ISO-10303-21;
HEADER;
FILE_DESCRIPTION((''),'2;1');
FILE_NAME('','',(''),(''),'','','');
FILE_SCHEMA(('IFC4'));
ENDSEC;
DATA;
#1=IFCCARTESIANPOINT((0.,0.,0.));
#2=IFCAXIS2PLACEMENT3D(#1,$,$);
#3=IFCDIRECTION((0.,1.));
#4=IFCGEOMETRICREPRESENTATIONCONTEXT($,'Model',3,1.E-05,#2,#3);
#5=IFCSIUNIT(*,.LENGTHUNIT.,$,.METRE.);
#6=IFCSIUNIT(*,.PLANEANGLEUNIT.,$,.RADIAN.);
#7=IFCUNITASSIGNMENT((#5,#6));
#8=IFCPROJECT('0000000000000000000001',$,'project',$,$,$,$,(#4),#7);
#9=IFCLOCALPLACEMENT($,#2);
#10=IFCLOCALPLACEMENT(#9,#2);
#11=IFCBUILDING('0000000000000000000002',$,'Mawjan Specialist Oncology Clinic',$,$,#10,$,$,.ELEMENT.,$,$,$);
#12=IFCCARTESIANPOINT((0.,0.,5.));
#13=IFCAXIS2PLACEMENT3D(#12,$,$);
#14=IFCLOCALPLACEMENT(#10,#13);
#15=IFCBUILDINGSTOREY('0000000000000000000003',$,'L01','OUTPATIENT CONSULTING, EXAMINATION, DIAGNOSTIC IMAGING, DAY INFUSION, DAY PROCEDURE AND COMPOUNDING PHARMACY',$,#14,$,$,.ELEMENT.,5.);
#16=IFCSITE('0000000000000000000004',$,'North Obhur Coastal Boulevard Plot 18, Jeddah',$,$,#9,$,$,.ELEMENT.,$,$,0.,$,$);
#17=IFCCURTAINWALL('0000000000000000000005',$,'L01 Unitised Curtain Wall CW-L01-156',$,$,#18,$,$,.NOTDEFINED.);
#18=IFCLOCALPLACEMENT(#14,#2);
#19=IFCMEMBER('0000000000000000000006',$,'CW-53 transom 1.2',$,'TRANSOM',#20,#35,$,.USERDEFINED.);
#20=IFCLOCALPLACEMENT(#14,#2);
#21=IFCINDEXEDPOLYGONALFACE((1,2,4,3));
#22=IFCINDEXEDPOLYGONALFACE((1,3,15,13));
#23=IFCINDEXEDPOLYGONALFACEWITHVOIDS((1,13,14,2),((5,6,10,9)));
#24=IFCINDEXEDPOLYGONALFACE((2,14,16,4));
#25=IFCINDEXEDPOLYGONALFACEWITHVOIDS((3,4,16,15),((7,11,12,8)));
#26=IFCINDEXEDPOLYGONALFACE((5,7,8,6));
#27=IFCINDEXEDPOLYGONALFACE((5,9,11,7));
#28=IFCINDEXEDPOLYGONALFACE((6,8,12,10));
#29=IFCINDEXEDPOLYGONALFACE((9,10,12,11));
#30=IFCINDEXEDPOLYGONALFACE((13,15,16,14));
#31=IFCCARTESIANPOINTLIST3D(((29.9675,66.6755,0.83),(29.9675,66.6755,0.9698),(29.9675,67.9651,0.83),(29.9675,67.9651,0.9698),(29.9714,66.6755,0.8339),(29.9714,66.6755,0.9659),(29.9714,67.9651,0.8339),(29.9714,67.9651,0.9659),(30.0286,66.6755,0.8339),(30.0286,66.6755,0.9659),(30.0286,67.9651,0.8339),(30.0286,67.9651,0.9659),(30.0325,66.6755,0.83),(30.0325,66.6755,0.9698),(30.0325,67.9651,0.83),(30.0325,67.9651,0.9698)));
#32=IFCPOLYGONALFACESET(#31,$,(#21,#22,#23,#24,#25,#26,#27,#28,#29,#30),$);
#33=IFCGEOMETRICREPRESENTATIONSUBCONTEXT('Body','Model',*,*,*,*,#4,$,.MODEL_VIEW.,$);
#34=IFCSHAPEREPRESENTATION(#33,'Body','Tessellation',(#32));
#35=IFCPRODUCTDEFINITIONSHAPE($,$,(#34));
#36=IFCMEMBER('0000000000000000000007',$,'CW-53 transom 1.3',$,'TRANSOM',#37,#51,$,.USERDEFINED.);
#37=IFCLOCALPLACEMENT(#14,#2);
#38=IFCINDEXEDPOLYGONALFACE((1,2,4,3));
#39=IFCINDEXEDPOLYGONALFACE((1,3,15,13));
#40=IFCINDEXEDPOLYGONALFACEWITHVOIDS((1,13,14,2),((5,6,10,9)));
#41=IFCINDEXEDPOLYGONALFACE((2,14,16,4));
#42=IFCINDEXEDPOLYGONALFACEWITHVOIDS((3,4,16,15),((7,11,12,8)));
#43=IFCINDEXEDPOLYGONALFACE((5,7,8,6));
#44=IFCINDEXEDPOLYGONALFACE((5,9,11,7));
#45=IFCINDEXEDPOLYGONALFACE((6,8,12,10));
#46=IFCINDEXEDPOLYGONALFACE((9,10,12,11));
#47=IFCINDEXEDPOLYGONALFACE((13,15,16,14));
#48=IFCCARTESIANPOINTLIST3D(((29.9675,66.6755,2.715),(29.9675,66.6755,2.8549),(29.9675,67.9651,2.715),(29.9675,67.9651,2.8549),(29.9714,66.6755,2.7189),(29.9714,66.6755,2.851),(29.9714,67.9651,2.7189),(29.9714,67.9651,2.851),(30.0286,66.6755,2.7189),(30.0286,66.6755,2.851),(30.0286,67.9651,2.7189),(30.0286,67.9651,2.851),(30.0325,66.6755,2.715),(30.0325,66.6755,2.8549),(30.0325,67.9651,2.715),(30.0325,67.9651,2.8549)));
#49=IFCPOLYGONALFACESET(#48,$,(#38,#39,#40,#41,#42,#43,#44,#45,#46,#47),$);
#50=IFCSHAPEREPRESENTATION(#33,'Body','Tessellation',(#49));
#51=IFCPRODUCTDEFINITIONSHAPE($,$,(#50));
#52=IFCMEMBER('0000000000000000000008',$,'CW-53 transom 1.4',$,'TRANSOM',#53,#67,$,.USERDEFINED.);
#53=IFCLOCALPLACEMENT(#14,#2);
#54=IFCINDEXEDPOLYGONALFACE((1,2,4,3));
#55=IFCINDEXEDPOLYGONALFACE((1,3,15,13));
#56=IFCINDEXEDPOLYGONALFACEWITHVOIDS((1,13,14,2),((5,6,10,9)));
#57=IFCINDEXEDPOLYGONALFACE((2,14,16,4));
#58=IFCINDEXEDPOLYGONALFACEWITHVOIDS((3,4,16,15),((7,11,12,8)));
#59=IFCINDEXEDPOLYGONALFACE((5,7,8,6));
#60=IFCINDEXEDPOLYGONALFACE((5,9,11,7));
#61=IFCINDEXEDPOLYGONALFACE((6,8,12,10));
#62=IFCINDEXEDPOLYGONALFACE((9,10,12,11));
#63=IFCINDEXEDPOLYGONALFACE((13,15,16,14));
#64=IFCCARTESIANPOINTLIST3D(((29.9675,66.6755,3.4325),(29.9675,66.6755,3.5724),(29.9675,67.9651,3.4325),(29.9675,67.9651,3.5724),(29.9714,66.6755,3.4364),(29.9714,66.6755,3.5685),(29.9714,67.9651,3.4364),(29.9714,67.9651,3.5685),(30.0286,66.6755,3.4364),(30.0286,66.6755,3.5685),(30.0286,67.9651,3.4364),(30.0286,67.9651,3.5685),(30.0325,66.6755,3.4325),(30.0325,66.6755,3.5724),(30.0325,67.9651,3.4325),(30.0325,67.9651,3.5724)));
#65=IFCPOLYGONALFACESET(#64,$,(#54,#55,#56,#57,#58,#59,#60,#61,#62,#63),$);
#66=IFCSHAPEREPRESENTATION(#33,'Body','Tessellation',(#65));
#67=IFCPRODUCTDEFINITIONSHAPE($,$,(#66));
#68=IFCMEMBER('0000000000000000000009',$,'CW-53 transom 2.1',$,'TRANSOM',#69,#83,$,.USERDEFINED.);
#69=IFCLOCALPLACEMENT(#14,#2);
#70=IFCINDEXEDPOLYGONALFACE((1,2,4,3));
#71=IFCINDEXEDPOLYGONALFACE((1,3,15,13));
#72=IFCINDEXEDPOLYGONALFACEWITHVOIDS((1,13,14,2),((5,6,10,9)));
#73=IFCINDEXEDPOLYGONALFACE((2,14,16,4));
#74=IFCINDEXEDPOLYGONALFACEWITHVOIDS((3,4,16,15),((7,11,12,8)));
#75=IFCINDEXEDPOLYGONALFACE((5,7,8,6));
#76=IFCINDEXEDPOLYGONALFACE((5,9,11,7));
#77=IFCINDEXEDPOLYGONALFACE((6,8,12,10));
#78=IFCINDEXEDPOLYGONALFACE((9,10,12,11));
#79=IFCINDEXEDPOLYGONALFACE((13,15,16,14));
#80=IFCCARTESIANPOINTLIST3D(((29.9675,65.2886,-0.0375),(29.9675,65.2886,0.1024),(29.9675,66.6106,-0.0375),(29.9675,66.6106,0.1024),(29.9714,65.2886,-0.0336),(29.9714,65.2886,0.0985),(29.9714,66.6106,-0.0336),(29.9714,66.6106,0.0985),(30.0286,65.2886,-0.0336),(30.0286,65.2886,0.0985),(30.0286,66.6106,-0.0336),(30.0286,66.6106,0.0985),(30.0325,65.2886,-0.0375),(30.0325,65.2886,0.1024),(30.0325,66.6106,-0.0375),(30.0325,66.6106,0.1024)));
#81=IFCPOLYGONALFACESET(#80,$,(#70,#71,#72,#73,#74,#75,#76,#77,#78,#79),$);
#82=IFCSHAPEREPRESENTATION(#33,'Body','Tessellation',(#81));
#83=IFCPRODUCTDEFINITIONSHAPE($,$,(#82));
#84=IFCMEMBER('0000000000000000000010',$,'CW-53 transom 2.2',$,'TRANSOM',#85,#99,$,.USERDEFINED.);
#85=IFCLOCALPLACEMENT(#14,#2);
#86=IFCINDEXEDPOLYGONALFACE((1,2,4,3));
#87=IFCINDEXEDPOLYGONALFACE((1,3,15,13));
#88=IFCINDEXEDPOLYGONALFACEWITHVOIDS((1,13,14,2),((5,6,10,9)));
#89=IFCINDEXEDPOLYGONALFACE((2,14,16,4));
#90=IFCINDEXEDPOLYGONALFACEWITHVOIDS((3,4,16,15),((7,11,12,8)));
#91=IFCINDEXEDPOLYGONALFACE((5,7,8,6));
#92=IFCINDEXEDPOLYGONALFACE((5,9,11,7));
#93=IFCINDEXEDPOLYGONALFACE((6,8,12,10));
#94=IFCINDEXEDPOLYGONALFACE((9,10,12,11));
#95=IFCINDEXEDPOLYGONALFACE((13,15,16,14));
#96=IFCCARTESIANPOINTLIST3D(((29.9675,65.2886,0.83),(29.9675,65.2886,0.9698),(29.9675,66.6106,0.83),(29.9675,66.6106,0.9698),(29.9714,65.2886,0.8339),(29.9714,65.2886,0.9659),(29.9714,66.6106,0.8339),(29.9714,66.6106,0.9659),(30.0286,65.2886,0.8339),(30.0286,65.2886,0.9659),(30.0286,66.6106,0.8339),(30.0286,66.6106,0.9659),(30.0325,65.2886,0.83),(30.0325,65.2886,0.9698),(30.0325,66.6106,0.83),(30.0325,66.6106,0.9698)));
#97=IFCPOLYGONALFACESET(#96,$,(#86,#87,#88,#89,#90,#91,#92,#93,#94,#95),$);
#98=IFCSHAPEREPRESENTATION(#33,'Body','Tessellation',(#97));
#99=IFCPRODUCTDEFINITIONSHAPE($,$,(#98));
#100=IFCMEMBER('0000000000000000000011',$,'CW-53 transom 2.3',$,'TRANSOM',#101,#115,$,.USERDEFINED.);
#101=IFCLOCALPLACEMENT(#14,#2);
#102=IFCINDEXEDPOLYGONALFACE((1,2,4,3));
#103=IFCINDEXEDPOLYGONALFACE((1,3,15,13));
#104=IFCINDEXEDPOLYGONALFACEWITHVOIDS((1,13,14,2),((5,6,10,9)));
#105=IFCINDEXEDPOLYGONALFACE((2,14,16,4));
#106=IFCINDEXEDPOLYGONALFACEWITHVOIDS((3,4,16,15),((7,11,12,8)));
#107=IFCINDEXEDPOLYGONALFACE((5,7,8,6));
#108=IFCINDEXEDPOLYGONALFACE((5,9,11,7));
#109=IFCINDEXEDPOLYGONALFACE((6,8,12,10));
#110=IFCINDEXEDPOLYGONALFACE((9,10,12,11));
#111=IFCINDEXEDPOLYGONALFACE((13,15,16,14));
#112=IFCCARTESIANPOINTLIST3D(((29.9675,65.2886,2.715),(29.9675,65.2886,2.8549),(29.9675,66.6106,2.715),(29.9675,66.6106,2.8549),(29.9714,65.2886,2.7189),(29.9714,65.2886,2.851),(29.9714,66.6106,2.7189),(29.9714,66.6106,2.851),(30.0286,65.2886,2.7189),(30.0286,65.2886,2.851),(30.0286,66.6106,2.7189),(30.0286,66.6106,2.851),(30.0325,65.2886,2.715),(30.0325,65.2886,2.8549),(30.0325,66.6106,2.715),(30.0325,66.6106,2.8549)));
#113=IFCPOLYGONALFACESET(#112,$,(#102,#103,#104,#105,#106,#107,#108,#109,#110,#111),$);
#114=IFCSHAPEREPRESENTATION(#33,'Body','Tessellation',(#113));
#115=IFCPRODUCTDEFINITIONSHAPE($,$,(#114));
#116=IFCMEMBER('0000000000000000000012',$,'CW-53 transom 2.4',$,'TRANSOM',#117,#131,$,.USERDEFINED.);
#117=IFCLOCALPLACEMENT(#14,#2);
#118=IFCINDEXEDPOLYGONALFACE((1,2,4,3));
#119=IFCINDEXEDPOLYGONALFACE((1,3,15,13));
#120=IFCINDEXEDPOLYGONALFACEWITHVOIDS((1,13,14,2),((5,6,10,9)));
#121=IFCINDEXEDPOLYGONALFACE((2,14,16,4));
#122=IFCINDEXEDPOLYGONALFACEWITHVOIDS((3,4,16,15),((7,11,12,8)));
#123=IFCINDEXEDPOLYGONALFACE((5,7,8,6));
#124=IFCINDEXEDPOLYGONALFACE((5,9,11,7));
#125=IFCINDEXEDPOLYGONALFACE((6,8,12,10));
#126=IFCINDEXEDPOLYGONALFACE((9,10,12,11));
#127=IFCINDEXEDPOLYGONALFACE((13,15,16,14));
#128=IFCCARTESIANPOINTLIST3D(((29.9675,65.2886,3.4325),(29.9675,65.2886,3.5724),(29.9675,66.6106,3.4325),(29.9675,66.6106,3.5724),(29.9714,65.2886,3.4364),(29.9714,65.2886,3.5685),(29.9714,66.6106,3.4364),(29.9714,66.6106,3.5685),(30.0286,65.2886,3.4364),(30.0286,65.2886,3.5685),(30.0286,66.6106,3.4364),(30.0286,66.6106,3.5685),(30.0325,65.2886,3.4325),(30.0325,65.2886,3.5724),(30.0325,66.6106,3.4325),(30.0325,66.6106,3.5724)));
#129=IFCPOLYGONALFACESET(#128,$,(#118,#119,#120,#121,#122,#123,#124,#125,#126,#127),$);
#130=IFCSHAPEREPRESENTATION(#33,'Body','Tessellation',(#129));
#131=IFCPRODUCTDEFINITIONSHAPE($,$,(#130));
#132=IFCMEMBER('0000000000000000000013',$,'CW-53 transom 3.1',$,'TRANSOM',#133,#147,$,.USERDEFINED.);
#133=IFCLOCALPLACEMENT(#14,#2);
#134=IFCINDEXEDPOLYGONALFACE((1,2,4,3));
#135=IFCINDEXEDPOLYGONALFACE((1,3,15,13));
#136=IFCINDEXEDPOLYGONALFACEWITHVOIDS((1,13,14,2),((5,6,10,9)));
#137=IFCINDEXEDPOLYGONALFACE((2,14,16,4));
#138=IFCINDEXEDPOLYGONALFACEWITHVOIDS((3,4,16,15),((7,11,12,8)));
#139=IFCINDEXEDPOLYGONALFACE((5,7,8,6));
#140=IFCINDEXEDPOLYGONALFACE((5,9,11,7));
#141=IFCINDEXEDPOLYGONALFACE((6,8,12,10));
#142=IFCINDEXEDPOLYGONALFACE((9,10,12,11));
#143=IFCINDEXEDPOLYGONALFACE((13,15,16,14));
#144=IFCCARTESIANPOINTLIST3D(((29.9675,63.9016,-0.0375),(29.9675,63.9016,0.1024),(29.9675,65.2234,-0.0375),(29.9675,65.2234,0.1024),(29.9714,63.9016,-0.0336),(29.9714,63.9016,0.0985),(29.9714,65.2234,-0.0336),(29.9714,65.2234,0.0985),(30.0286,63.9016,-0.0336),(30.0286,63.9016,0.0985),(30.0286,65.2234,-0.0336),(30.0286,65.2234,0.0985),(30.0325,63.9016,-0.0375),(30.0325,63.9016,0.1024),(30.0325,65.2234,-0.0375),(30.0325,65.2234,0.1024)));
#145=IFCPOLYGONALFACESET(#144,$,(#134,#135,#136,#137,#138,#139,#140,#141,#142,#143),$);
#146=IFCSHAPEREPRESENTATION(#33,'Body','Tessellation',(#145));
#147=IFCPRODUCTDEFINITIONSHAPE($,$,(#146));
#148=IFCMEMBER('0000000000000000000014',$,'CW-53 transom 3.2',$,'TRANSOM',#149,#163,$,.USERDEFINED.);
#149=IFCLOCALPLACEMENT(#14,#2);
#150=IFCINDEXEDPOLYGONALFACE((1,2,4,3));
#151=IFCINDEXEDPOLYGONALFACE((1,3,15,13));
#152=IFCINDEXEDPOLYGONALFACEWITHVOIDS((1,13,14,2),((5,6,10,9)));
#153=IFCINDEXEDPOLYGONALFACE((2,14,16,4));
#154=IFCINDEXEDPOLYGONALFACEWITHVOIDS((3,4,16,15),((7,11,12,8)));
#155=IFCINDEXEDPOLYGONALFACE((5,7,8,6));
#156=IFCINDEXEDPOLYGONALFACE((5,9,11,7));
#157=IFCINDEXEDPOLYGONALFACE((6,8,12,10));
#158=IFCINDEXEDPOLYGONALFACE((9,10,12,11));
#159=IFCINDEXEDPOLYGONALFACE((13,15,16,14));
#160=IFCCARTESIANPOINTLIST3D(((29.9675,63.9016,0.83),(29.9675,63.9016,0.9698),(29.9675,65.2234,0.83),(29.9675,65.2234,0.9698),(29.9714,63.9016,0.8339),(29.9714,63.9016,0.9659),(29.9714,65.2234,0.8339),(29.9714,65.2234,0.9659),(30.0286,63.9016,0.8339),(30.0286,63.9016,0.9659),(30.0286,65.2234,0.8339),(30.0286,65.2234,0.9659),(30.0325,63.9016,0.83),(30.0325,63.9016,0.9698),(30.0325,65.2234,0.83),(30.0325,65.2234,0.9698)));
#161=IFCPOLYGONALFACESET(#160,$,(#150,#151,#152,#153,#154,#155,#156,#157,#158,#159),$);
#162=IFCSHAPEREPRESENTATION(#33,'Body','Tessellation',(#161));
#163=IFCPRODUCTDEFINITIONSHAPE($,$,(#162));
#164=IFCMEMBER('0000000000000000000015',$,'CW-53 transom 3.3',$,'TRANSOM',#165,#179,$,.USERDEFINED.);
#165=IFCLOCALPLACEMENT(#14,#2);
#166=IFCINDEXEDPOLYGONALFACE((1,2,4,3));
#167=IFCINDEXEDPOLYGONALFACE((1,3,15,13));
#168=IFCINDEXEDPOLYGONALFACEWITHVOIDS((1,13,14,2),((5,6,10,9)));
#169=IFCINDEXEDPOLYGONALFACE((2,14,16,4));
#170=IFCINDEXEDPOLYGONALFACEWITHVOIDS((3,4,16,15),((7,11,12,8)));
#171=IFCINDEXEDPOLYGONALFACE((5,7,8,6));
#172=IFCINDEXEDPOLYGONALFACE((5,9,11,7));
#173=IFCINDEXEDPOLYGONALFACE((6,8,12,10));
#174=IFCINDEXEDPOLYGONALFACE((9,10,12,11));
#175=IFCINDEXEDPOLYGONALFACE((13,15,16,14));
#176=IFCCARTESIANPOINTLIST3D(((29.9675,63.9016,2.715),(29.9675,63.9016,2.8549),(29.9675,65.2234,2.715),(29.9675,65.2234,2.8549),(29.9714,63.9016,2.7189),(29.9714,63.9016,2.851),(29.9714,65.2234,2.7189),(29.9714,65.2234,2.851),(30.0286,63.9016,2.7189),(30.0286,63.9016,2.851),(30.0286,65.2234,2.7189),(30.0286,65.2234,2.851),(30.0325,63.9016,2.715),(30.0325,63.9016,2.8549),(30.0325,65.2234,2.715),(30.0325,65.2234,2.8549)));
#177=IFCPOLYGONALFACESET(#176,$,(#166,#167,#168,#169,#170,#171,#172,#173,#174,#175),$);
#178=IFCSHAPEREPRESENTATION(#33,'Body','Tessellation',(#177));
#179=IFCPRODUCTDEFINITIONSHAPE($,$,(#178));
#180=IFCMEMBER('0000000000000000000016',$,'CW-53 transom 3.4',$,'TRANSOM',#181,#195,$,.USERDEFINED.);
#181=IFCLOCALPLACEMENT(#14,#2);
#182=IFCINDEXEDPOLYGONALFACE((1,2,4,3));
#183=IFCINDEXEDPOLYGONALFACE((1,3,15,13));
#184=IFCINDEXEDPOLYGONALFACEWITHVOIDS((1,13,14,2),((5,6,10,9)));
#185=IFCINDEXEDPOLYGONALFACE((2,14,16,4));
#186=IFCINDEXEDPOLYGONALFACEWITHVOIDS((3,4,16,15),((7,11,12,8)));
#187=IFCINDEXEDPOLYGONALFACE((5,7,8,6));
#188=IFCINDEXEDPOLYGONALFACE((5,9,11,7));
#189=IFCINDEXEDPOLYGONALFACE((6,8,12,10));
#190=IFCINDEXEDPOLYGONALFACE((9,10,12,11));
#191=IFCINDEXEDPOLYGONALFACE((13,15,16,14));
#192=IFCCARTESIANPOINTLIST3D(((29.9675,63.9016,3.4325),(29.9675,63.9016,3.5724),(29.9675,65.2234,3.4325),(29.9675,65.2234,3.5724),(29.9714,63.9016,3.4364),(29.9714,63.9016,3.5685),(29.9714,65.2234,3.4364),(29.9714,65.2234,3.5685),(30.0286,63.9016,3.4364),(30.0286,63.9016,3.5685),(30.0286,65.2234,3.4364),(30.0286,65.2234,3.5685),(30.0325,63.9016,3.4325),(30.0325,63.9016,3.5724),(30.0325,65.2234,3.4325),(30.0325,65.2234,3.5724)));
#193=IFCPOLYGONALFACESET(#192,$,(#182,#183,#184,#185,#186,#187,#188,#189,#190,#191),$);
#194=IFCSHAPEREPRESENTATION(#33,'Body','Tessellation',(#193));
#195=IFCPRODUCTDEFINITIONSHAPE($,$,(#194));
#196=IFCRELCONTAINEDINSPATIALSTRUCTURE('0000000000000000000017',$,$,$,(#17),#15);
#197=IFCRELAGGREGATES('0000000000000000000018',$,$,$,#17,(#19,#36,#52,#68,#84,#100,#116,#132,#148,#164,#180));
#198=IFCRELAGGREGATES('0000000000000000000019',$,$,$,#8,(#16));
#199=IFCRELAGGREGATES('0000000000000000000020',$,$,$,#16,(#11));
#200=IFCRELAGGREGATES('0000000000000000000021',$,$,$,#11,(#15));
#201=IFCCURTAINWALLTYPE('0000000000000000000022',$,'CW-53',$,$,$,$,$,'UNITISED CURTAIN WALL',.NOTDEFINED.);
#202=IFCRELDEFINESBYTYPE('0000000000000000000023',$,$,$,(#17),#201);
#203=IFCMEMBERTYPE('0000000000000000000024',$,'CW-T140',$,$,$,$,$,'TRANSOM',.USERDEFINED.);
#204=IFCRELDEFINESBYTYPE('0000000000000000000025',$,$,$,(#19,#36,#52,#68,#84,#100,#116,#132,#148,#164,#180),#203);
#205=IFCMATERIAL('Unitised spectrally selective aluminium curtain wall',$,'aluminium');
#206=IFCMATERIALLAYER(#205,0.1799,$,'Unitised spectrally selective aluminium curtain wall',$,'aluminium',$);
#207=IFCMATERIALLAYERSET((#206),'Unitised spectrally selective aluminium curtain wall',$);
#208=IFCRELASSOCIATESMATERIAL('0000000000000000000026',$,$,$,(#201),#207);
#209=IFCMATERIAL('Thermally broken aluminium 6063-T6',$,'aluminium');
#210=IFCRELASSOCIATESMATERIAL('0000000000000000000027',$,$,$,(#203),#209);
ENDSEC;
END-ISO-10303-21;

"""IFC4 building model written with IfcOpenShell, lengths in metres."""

from ifc_helpers import new_model, si_unit, direction, frame, origin, origin_2d, place, context, subcontext, project, spatial, hollow_rectangle, extrude, material, layer, layer_set, material_profile, profile_set, type_object, element, aggregate, save


model = new_model("IFC4")

# Units and contexts
model_context = context("Model", 3, precision=1e-05, world=origin(), true_north=direction((0.0, 1.0)))
body_context = subcontext(model_context, "Body", "Model", "MODEL_VIEW")
ifc_project = project(units=[si_unit("LENGTHUNIT", "METRE"), si_unit("PLANEANGLEUNIT", "RADIAN")], contexts=[model_context])

# Site, building, storey
site_placement = place(None, origin())
site = spatial("IfcSite", under=ifc_project, at=site_placement, Name="North Obhur Coastal Boulevard Plot 18, Jeddah", CompositionType="ELEMENT", RefElevation=0.0)
building_placement = place(site_placement, origin())
building = spatial("IfcBuilding", under=site, at=building_placement, Name="Mawjan Specialist Oncology Clinic", CompositionType="ELEMENT")
storey_placement = place(building_placement, frame((0.0, 0.0, 5.0)))
storey = spatial("IfcBuildingStorey", under=building, at=storey_placement, Name="L01", Description="OUTPATIENT CONSULTING, EXAMINATION, DIAGNOSTIC IMAGING, DAY INFUSION, DAY PROCEDURE AND COMPOUNDING PHARMACY", CompositionType="ELEMENT", Elevation=5.0)

# Curtain wall, members
ifc_material_1 = material(Name="Unitised spectrally selective aluminium curtain wall", Category="aluminium")
ifc_layer_1 = layer(ifc_material_1, 0.1799, Name="Unitised spectrally selective aluminium curtain wall", Category="aluminium")
ifc_layer_set_1 = layer_set([ifc_layer_1], Name="Unitised spectrally selective aluminium curtain wall")
curtain_wall_type = type_object("IfcCurtainWallType", Name="CW-53", ElementType="UNITISED CURTAIN WALL", PredefinedType="NOTDEFINED", material=ifc_layer_set_1)
curtain_wall_placement = place(storey_placement, origin())
curtain_wall = element("IfcCurtainWall", 1, at=curtain_wall_placement, inside=storey, type_object=curtain_wall_type, Name="L01 Unitised Curtain Wall CW-L01-156", PredefinedType="NOTDEFINED")
ifc_material_2 = material(Name="Thermally broken aluminium 6063-T6", Category="aluminium")
ifc_material_profile_1 = material_profile(ifc_material_2, hollow_rectangle(XDim=0.0649, YDim=0.1399, WallThickness=0.0039, at=origin_2d()), Name="ALU TRANSOM 140x65x4", Category="aluminium")
ifc_profile_set_1 = profile_set([ifc_material_profile_1], Name="Thermally broken aluminium 6063-T6")
member_type_1 = type_object("IfcMemberType", Name="CW-T140", ElementType="TRANSOM", PredefinedType="USERDEFINED", material=ifc_profile_set_1)
member_1_placement = place(storey_placement, frame((30.0, 67.9651, 0.8999), z_axis=(0.0, -1.0, 0.0), x_axis=(1.0, 0.0, 0.0)))
member_1 = element("IfcMember", 2, at=member_1_placement, type_object=member_type_1, Name="CW-53 transom 1.2", ObjectType="TRANSOM", PredefinedType="USERDEFINED", context=body_context, shape_type="SweptSolid", body=[
    extrude(hollow_rectangle(XDim=0.0649, YDim=0.1399, WallThickness=0.0039, at=origin_2d()), origin(), (0.0, 0.0, 1.0), 1.2896),
])
member_2_placement = place(storey_placement, frame((30.0, 67.9651, 2.7849), z_axis=(0.0, -1.0, 0.0), x_axis=(1.0, 0.0, 0.0)))
member_2 = element("IfcMember", 3, at=member_2_placement, type_object=member_type_1, Name="CW-53 transom 1.3", ObjectType="TRANSOM", PredefinedType="USERDEFINED", context=body_context, shape_type="SweptSolid", body=[
    extrude(hollow_rectangle(XDim=0.0649, YDim=0.1399, WallThickness=0.0039, at=origin_2d()), origin(), (0.0, 0.0, 1.0), 1.2896),
])
member_3_placement = place(storey_placement, frame((30.0, 67.9651, 3.5024), z_axis=(0.0, -1.0, 0.0), x_axis=(1.0, 0.0, 0.0)))
member_3 = element("IfcMember", 4, at=member_3_placement, type_object=member_type_1, Name="CW-53 transom 1.4", ObjectType="TRANSOM", PredefinedType="USERDEFINED", context=body_context, shape_type="SweptSolid", body=[
    extrude(hollow_rectangle(XDim=0.0649, YDim=0.1399, WallThickness=0.0039, at=origin_2d()), origin(), (0.0, 0.0, 1.0), 1.2896),
])
member_4_placement = place(storey_placement, frame((30.0, 66.6106, 0.0325), z_axis=(0.0, -1.0, 0.0), x_axis=(1.0, 0.0, 0.0)))
member_4 = element("IfcMember", 5, at=member_4_placement, type_object=member_type_1, Name="CW-53 transom 2.1", ObjectType="TRANSOM", PredefinedType="USERDEFINED", context=body_context, shape_type="SweptSolid", body=[
    extrude(hollow_rectangle(XDim=0.0649, YDim=0.1399, WallThickness=0.0039, at=origin_2d()), origin(), (0.0, 0.0, 1.0), 1.322),
])
member_5_placement = place(storey_placement, frame((30.0, 66.6106, 0.8999), z_axis=(0.0, -1.0, 0.0), x_axis=(1.0, 0.0, 0.0)))
member_5 = element("IfcMember", 6, at=member_5_placement, type_object=member_type_1, Name="CW-53 transom 2.2", ObjectType="TRANSOM", PredefinedType="USERDEFINED", context=body_context, shape_type="SweptSolid", body=[
    extrude(hollow_rectangle(XDim=0.0649, YDim=0.1399, WallThickness=0.0039, at=origin_2d()), origin(), (0.0, 0.0, 1.0), 1.322),
])
member_6_placement = place(storey_placement, frame((30.0, 66.6106, 2.7849), z_axis=(0.0, -1.0, 0.0), x_axis=(1.0, 0.0, 0.0)))
member_6 = element("IfcMember", 7, at=member_6_placement, type_object=member_type_1, Name="CW-53 transom 2.3", ObjectType="TRANSOM", PredefinedType="USERDEFINED", context=body_context, shape_type="SweptSolid", body=[
    extrude(hollow_rectangle(XDim=0.0649, YDim=0.1399, WallThickness=0.0039, at=origin_2d()), origin(), (0.0, 0.0, 1.0), 1.322),
])
member_7_placement = place(storey_placement, frame((30.0, 66.6106, 3.5024), z_axis=(0.0, -1.0, 0.0), x_axis=(1.0, 0.0, 0.0)))
member_7 = element("IfcMember", 8, at=member_7_placement, type_object=member_type_1, Name="CW-53 transom 2.4", ObjectType="TRANSOM", PredefinedType="USERDEFINED", context=body_context, shape_type="SweptSolid", body=[
    extrude(hollow_rectangle(XDim=0.0649, YDim=0.1399, WallThickness=0.0039, at=origin_2d()), origin(), (0.0, 0.0, 1.0), 1.322),
])
member_8_placement = place(storey_placement, frame((30.0, 65.2234, 0.0325), z_axis=(0.0, -1.0, 0.0), x_axis=(1.0, 0.0, 0.0)))
member_8 = element("IfcMember", 9, at=member_8_placement, type_object=member_type_1, Name="CW-53 transom 3.1", ObjectType="TRANSOM", PredefinedType="USERDEFINED", context=body_context, shape_type="SweptSolid", body=[
    extrude(hollow_rectangle(XDim=0.0649, YDim=0.1399, WallThickness=0.0039, at=origin_2d()), origin(), (0.0, 0.0, 1.0), 1.3218),
])
member_9_placement = place(storey_placement, frame((30.0, 65.2234, 0.8999), z_axis=(0.0, -1.0, 0.0), x_axis=(1.0, 0.0, 0.0)))
member_9 = element("IfcMember", 10, at=member_9_placement, type_object=member_type_1, Name="CW-53 transom 3.2", ObjectType="TRANSOM", PredefinedType="USERDEFINED", context=body_context, shape_type="SweptSolid", body=[
    extrude(hollow_rectangle(XDim=0.0649, YDim=0.1399, WallThickness=0.0039, at=origin_2d()), origin(), (0.0, 0.0, 1.0), 1.3218),
])
member_10_placement = place(storey_placement, frame((30.0, 65.2234, 2.7849), z_axis=(0.0, -1.0, 0.0), x_axis=(1.0, 0.0, 0.0)))
member_10 = element("IfcMember", 11, at=member_10_placement, type_object=member_type_1, Name="CW-53 transom 3.3", ObjectType="TRANSOM", PredefinedType="USERDEFINED", context=body_context, shape_type="SweptSolid", body=[
    extrude(hollow_rectangle(XDim=0.0649, YDim=0.1399, WallThickness=0.0039, at=origin_2d()), origin(), (0.0, 0.0, 1.0), 1.3218),
])
member_11_placement = place(storey_placement, frame((30.0, 65.2234, 3.5024), z_axis=(0.0, -1.0, 0.0), x_axis=(1.0, 0.0, 0.0)))
member_11 = element("IfcMember", 12, at=member_11_placement, type_object=member_type_1, Name="CW-53 transom 3.4", ObjectType="TRANSOM", PredefinedType="USERDEFINED", context=body_context, shape_type="SweptSolid", body=[
    extrude(hollow_rectangle(XDim=0.0649, YDim=0.1399, WallThickness=0.0039, at=origin_2d()), origin(), (0.0, 0.0, 1.0), 1.3218),
])
aggregate(curtain_wall, [member_1, member_2, member_3, member_4, member_5, member_6, member_7, member_8, member_9, member_10, member_11])

save(model, "model.ifc")
